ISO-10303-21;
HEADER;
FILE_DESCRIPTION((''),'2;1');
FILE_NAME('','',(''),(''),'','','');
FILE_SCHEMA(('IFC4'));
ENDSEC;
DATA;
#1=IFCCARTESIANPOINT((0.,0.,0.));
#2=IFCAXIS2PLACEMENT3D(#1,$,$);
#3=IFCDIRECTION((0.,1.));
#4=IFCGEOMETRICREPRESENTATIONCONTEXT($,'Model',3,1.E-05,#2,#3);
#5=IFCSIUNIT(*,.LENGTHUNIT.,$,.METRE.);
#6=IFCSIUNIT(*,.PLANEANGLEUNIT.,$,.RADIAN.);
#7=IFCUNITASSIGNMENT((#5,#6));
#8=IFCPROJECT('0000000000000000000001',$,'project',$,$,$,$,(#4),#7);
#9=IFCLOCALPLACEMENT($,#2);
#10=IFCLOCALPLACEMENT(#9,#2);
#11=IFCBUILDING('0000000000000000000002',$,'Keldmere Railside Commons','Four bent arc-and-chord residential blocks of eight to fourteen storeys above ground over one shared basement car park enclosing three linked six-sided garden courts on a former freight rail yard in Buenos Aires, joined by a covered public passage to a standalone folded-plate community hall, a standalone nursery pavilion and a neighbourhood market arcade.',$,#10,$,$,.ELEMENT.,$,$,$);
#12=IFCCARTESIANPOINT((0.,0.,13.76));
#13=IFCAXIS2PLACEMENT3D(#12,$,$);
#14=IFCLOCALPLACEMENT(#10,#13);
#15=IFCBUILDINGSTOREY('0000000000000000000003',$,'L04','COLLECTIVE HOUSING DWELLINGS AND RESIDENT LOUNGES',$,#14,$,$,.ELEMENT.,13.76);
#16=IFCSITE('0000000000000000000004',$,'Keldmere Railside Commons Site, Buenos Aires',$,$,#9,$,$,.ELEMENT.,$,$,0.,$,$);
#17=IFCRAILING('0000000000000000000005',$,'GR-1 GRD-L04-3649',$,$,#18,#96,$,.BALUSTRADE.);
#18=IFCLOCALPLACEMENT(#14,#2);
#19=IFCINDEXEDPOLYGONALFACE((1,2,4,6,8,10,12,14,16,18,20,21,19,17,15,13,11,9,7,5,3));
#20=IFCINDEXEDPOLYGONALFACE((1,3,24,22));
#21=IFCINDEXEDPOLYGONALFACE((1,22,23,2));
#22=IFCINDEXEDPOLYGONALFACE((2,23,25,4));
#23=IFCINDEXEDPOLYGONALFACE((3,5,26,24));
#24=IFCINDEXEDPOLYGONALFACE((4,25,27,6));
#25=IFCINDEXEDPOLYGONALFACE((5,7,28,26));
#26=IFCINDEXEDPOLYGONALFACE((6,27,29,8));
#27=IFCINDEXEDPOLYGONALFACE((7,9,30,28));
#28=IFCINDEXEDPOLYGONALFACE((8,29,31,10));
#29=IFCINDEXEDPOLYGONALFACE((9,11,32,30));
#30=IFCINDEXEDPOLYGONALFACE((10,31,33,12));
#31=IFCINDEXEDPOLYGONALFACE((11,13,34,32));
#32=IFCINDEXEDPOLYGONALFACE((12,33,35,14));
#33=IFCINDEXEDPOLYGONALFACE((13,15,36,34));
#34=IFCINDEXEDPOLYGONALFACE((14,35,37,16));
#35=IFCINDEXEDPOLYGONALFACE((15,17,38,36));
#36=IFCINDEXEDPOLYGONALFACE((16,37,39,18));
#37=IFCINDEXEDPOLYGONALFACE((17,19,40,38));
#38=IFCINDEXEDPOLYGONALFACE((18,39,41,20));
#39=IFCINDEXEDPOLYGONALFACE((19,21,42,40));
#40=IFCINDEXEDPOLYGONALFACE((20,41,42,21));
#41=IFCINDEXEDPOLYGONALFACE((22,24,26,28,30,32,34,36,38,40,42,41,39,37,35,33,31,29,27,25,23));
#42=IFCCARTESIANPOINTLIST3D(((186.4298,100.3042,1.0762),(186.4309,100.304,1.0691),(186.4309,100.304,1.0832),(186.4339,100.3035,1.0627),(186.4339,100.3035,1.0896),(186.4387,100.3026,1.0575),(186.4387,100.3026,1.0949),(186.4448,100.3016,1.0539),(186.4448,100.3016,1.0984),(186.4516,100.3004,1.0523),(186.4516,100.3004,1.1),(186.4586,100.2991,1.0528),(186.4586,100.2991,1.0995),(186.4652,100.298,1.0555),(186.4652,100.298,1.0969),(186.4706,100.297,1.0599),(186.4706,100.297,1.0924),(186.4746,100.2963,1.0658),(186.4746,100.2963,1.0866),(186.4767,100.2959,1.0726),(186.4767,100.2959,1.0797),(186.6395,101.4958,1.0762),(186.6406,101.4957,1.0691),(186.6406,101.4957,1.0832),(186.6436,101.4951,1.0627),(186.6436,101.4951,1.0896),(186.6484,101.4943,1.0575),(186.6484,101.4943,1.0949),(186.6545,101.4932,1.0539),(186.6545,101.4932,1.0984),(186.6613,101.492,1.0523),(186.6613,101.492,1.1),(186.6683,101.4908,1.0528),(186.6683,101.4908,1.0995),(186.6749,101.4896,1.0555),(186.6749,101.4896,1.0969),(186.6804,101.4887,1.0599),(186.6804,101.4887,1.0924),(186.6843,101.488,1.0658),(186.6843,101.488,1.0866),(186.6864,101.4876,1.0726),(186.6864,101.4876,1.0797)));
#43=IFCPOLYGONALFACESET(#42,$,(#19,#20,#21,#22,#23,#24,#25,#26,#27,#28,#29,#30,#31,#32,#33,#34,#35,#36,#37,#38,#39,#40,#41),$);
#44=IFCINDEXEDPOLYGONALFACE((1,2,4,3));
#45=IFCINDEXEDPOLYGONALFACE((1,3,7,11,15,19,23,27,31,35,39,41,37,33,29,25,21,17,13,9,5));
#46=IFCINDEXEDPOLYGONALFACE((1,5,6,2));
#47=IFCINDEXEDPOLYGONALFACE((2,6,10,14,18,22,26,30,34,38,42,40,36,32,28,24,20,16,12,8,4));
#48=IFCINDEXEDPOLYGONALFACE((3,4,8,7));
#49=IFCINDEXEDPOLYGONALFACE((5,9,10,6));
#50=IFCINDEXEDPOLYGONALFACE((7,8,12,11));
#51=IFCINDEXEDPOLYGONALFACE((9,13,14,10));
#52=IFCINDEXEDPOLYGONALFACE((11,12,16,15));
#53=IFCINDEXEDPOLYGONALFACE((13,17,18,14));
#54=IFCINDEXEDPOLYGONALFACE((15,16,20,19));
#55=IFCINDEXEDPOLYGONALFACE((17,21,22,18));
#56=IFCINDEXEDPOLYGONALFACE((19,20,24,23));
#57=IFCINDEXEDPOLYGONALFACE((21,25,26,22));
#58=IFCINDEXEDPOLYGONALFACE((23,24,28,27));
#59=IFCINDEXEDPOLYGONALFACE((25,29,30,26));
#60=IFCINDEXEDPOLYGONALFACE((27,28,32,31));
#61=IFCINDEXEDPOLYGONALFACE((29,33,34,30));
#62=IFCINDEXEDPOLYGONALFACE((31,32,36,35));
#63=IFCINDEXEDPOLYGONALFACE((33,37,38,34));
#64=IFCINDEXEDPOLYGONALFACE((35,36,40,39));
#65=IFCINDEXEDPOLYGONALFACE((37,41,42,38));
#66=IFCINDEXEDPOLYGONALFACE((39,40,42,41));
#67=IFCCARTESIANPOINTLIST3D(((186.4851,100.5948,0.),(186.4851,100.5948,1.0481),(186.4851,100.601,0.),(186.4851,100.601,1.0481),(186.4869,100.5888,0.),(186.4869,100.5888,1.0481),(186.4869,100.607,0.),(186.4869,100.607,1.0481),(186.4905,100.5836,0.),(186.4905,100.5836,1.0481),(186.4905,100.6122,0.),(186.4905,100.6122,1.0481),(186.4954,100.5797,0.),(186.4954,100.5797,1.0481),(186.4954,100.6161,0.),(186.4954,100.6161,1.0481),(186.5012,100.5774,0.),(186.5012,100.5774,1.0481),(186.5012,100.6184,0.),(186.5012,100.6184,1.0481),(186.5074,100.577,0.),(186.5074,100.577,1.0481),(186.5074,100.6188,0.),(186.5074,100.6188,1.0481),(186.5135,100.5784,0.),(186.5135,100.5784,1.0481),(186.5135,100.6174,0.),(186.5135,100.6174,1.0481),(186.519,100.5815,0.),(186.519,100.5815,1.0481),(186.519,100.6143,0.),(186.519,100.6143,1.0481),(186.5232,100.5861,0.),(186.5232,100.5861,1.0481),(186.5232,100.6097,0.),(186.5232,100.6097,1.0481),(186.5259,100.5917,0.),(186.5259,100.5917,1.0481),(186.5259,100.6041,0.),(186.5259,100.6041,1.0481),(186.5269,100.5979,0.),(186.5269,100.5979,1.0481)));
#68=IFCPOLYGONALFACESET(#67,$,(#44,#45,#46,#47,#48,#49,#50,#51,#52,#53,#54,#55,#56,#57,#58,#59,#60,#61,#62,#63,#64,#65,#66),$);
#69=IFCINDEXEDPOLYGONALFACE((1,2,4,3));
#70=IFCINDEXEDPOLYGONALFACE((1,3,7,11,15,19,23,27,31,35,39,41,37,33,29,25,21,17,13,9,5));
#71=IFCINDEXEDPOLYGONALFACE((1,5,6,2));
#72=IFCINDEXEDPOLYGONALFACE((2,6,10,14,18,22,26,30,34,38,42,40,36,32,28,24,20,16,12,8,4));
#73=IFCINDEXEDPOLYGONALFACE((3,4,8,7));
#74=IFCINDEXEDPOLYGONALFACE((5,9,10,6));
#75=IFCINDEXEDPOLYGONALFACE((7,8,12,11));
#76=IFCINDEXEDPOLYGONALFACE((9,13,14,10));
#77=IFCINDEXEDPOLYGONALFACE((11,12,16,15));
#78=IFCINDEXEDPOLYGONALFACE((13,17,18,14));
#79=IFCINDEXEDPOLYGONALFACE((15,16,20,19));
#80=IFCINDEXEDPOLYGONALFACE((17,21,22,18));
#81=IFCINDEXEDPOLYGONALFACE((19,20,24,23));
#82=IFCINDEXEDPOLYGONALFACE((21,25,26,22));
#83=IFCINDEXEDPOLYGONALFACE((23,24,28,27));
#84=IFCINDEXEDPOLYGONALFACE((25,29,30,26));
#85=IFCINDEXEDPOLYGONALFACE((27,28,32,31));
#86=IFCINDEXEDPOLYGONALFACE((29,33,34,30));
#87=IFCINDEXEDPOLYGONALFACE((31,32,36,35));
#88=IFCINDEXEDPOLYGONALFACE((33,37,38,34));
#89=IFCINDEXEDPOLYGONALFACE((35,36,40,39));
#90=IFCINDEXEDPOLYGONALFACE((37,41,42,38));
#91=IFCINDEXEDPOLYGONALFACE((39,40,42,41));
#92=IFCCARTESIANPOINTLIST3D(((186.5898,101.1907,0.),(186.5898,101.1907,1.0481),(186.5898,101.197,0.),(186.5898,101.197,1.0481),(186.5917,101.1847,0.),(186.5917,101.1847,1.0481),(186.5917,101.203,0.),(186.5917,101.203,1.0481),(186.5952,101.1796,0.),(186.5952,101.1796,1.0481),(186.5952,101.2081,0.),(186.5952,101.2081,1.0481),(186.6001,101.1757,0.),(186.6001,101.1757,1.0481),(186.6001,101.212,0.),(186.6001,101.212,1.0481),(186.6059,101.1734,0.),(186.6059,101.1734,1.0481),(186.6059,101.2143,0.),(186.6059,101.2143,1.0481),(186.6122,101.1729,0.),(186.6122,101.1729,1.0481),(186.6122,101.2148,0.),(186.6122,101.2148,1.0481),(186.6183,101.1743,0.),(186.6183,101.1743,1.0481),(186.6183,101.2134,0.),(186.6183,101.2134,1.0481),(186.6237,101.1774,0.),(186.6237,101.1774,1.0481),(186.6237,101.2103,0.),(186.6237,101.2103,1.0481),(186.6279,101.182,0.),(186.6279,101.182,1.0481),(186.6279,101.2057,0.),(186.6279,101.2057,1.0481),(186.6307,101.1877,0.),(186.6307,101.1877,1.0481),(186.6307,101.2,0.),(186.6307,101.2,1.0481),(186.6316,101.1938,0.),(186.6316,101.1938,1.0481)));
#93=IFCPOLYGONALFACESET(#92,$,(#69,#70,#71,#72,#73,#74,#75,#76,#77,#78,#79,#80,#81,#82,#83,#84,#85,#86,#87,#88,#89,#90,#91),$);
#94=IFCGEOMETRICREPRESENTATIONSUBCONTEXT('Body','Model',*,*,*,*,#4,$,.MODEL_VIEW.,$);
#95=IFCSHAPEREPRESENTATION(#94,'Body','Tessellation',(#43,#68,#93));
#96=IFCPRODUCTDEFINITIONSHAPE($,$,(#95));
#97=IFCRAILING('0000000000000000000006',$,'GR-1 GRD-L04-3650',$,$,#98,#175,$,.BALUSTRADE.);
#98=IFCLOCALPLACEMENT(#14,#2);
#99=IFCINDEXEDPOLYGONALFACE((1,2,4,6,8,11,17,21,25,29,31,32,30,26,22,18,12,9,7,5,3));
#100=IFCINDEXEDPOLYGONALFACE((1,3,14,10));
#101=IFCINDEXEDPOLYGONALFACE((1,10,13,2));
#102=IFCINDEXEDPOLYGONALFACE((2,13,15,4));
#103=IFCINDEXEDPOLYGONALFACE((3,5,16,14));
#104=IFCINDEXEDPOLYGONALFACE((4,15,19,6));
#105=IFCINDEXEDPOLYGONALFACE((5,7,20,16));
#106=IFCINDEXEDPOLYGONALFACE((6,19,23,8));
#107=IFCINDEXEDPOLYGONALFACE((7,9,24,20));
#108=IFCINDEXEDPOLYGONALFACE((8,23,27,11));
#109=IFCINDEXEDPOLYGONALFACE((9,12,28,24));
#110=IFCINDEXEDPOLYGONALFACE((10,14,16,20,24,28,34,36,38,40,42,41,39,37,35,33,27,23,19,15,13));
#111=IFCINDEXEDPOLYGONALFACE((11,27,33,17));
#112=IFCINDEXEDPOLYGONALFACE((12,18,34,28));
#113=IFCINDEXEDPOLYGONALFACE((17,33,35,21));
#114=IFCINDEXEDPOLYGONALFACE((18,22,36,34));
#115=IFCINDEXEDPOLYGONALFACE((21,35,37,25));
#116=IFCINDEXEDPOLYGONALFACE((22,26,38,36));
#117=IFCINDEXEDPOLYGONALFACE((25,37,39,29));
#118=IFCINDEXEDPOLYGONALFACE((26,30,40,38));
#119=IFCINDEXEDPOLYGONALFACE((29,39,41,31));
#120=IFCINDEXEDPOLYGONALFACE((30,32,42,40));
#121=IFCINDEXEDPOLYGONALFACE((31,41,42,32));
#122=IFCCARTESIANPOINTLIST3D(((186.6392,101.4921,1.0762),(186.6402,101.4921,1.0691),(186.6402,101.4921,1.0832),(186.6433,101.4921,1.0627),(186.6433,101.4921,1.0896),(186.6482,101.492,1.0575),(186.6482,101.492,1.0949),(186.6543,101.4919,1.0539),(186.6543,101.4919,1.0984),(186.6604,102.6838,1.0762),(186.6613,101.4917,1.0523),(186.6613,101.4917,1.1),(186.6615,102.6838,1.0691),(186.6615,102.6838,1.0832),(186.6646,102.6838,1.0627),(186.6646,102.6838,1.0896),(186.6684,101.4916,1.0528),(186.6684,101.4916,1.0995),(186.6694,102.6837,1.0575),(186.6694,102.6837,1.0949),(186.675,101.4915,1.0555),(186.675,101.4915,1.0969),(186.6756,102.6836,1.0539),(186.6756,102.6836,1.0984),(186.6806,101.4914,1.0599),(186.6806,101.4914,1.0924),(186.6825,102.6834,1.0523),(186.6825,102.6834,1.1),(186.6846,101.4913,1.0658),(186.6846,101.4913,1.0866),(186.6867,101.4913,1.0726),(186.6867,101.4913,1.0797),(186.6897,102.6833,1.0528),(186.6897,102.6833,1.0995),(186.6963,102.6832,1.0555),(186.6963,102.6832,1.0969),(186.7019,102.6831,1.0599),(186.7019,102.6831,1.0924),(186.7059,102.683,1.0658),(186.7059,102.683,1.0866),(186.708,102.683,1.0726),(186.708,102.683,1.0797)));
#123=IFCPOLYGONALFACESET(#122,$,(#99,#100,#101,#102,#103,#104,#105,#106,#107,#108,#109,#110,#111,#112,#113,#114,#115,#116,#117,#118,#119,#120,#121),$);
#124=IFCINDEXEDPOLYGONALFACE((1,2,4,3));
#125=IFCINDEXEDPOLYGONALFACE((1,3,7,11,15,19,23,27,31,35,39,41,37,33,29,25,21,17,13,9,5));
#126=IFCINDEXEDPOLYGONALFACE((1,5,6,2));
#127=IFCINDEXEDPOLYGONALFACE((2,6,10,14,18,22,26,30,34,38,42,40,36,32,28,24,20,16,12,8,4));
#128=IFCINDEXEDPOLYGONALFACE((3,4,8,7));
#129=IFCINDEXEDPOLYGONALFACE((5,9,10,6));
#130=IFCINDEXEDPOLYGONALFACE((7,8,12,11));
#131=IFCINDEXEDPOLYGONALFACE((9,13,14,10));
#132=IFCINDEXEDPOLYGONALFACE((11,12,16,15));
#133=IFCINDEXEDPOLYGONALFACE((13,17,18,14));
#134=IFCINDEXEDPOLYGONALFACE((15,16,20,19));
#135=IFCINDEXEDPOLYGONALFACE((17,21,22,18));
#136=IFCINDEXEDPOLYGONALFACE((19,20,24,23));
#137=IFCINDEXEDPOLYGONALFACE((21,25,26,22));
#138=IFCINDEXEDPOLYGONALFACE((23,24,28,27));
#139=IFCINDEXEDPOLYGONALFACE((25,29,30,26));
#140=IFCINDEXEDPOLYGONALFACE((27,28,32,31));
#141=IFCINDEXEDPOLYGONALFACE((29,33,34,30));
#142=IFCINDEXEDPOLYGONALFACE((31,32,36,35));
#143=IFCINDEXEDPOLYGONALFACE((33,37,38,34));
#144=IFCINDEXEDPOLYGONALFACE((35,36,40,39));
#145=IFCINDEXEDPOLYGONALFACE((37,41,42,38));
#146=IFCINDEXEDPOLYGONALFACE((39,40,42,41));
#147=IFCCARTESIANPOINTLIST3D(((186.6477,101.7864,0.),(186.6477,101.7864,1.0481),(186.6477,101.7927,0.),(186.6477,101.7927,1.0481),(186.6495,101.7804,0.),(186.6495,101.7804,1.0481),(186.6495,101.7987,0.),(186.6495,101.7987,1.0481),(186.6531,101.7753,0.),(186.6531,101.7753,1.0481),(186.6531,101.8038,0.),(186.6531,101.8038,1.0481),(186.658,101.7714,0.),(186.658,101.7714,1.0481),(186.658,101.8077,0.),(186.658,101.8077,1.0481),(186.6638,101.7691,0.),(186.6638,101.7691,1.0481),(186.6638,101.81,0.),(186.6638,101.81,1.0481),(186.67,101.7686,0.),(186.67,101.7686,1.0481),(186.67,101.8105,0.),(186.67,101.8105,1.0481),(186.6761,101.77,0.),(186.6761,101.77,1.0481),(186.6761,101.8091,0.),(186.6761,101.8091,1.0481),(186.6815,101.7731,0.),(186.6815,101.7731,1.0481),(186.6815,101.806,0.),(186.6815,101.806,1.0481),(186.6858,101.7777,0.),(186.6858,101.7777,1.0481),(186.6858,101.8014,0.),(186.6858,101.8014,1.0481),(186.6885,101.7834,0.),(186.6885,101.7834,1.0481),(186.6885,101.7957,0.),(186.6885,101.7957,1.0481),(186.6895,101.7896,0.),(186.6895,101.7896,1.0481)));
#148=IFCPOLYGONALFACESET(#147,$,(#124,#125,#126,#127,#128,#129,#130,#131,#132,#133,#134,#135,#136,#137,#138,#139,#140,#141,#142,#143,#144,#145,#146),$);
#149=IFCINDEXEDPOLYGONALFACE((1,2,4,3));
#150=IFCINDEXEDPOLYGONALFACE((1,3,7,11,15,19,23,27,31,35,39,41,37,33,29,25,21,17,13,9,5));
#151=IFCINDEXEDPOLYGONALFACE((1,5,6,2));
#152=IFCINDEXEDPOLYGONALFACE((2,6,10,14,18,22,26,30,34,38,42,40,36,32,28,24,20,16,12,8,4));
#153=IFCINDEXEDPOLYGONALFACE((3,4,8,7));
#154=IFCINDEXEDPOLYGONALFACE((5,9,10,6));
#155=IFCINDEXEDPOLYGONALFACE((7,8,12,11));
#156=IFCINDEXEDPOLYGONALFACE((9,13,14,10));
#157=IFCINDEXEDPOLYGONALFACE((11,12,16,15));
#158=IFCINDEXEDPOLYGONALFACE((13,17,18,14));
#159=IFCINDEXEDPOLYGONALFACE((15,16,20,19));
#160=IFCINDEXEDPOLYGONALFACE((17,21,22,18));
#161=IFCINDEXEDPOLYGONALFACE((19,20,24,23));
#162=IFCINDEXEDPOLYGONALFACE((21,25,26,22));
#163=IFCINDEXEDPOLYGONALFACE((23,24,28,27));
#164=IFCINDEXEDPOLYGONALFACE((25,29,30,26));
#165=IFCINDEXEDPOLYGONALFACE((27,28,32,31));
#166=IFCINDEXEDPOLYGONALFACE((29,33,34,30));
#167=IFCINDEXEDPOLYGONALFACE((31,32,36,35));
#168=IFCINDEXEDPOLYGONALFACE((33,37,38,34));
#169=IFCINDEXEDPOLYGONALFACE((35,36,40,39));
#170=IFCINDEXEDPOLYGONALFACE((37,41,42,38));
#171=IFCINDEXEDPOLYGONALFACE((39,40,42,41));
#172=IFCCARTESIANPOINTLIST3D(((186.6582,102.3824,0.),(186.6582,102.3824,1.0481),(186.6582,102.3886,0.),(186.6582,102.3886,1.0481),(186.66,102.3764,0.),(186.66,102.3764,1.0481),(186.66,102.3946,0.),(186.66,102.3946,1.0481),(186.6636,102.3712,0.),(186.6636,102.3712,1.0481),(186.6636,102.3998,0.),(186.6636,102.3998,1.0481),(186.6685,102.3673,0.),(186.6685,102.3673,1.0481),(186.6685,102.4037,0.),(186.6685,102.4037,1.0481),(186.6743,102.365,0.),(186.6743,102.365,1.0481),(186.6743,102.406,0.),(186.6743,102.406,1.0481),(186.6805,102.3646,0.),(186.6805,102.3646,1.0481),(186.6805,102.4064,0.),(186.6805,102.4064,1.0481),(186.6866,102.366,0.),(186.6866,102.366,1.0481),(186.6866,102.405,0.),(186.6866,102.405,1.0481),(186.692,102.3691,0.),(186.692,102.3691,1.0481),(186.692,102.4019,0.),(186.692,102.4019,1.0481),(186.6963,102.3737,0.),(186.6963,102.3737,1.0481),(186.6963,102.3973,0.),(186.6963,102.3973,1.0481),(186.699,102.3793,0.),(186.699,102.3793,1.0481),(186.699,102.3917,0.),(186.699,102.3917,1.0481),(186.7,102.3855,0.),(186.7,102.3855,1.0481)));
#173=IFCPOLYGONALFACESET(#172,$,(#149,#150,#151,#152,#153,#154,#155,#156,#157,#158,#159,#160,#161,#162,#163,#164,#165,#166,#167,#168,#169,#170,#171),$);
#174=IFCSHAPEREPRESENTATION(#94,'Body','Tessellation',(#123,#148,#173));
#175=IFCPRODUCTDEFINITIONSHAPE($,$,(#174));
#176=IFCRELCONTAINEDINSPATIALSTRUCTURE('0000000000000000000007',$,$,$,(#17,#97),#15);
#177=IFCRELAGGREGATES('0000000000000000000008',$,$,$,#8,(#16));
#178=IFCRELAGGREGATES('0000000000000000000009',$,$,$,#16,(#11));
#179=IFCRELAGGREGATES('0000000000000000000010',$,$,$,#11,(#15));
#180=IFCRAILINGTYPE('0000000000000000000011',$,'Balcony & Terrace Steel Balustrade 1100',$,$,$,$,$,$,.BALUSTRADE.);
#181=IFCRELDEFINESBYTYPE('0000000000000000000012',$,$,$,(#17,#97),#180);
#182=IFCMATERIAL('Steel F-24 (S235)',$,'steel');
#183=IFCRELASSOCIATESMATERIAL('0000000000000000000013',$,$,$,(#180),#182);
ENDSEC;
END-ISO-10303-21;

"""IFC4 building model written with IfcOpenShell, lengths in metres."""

from ifc_helpers import new_model, si_unit, direction, frame, origin, origin_2d, place, context, subcontext, project, spatial, circle, extrude, material, type_object, element, save


model = new_model("IFC4")

# Units and contexts
model_context = context("Model", 3, precision=1e-05, world=origin(), true_north=direction((0.0, 1.0)))
body_context = subcontext(model_context, "Body", "Model", "MODEL_VIEW")
ifc_project = project(units=[si_unit("LENGTHUNIT", "METRE"), si_unit("PLANEANGLEUNIT", "RADIAN")], contexts=[model_context])

# Site, building, storey
site_placement = place(None, origin())
site = spatial("IfcSite", under=ifc_project, at=site_placement, Name="Keldmere Railside Commons Site, Buenos Aires", CompositionType="ELEMENT", RefElevation=0.0)
building_placement = place(site_placement, origin())
building = spatial("IfcBuilding", under=site, at=building_placement, Name="Keldmere Railside Commons", Description="Four bent arc-and-chord residential blocks of eight to fourteen storeys above ground over one shared basement car park enclosing three linked six-sided garden courts on a former freight rail yard in Buenos Aires, joined by a covered public passage to a standalone folded-plate community hall, a standalone nursery pavilion and a neighbourhood market arcade.", CompositionType="ELEMENT")
storey_placement = place(building_placement, frame((0.0, 0.0, 13.76)))
storey = spatial("IfcBuildingStorey", under=building, at=storey_placement, Name="L04", Description="COLLECTIVE HOUSING DWELLINGS AND RESIDENT LOUNGES", CompositionType="ELEMENT", Elevation=13.76)

# Railings
ifc_material_1 = material(Name="Steel F-24 (S235)", Category="steel")
railing_type = type_object("IfcRailingType", Name="Balcony & Terrace Steel Balustrade 1100", PredefinedType="BALUSTRADE", material=ifc_material_1)
railing_1_placement = place(storey_placement, frame((186.4534, 100.3, 0.0)))
element("IfcRailing", 1, at=railing_1_placement, inside=storey, type_object=railing_type, Name="GR-1 GRD-L04-3649", PredefinedType="BALUSTRADE", context=body_context, shape_type="SweptSolid", body=[
    extrude(circle(Radius=0.0239, at=origin_2d()), frame((0.0, 0.0, 1.0762), z_axis=(0.173325, 0.984865, 0.0), x_axis=(-0.984865, 0.173325, 0.0)), (0.0, 0.0, 1.0), 1.21),
    extrude(circle(Radius=0.021, at=origin_2d()), frame((0.0525, 0.2979, 0.0)), (0.0, 0.0, 1.0), 1.0481),
    extrude(circle(Radius=0.021, at=origin_2d()), frame((0.1572, 0.8938, 0.0)), (0.0, 0.0, 1.0), 1.0481),
])
railing_2_placement = place(storey_placement, frame((186.6631, 101.4917, 0.0)))
element("IfcRailing", 2, at=railing_2_placement, inside=storey, type_object=railing_type, Name="GR-1 GRD-L04-3650", PredefinedType="BALUSTRADE", context=body_context, shape_type="SweptSolid", body=[
    extrude(circle(Radius=0.0239, at=origin_2d()), frame((0.0, 0.0, 1.0762), z_axis=(0.017821, 0.999841, 0.0), x_axis=(-0.999841, 0.017821, 0.0)), (0.0, 0.0, 1.0), 1.1919),
    extrude(circle(Radius=0.021, at=origin_2d()), frame((0.0054, 0.2979, 0.0)), (0.0, 0.0, 1.0), 1.0481),
    extrude(circle(Radius=0.021, at=origin_2d()), frame((0.0159, 0.8938, 0.0)), (0.0, 0.0, 1.0), 1.0481),
])

save(model, "model.ifc")
